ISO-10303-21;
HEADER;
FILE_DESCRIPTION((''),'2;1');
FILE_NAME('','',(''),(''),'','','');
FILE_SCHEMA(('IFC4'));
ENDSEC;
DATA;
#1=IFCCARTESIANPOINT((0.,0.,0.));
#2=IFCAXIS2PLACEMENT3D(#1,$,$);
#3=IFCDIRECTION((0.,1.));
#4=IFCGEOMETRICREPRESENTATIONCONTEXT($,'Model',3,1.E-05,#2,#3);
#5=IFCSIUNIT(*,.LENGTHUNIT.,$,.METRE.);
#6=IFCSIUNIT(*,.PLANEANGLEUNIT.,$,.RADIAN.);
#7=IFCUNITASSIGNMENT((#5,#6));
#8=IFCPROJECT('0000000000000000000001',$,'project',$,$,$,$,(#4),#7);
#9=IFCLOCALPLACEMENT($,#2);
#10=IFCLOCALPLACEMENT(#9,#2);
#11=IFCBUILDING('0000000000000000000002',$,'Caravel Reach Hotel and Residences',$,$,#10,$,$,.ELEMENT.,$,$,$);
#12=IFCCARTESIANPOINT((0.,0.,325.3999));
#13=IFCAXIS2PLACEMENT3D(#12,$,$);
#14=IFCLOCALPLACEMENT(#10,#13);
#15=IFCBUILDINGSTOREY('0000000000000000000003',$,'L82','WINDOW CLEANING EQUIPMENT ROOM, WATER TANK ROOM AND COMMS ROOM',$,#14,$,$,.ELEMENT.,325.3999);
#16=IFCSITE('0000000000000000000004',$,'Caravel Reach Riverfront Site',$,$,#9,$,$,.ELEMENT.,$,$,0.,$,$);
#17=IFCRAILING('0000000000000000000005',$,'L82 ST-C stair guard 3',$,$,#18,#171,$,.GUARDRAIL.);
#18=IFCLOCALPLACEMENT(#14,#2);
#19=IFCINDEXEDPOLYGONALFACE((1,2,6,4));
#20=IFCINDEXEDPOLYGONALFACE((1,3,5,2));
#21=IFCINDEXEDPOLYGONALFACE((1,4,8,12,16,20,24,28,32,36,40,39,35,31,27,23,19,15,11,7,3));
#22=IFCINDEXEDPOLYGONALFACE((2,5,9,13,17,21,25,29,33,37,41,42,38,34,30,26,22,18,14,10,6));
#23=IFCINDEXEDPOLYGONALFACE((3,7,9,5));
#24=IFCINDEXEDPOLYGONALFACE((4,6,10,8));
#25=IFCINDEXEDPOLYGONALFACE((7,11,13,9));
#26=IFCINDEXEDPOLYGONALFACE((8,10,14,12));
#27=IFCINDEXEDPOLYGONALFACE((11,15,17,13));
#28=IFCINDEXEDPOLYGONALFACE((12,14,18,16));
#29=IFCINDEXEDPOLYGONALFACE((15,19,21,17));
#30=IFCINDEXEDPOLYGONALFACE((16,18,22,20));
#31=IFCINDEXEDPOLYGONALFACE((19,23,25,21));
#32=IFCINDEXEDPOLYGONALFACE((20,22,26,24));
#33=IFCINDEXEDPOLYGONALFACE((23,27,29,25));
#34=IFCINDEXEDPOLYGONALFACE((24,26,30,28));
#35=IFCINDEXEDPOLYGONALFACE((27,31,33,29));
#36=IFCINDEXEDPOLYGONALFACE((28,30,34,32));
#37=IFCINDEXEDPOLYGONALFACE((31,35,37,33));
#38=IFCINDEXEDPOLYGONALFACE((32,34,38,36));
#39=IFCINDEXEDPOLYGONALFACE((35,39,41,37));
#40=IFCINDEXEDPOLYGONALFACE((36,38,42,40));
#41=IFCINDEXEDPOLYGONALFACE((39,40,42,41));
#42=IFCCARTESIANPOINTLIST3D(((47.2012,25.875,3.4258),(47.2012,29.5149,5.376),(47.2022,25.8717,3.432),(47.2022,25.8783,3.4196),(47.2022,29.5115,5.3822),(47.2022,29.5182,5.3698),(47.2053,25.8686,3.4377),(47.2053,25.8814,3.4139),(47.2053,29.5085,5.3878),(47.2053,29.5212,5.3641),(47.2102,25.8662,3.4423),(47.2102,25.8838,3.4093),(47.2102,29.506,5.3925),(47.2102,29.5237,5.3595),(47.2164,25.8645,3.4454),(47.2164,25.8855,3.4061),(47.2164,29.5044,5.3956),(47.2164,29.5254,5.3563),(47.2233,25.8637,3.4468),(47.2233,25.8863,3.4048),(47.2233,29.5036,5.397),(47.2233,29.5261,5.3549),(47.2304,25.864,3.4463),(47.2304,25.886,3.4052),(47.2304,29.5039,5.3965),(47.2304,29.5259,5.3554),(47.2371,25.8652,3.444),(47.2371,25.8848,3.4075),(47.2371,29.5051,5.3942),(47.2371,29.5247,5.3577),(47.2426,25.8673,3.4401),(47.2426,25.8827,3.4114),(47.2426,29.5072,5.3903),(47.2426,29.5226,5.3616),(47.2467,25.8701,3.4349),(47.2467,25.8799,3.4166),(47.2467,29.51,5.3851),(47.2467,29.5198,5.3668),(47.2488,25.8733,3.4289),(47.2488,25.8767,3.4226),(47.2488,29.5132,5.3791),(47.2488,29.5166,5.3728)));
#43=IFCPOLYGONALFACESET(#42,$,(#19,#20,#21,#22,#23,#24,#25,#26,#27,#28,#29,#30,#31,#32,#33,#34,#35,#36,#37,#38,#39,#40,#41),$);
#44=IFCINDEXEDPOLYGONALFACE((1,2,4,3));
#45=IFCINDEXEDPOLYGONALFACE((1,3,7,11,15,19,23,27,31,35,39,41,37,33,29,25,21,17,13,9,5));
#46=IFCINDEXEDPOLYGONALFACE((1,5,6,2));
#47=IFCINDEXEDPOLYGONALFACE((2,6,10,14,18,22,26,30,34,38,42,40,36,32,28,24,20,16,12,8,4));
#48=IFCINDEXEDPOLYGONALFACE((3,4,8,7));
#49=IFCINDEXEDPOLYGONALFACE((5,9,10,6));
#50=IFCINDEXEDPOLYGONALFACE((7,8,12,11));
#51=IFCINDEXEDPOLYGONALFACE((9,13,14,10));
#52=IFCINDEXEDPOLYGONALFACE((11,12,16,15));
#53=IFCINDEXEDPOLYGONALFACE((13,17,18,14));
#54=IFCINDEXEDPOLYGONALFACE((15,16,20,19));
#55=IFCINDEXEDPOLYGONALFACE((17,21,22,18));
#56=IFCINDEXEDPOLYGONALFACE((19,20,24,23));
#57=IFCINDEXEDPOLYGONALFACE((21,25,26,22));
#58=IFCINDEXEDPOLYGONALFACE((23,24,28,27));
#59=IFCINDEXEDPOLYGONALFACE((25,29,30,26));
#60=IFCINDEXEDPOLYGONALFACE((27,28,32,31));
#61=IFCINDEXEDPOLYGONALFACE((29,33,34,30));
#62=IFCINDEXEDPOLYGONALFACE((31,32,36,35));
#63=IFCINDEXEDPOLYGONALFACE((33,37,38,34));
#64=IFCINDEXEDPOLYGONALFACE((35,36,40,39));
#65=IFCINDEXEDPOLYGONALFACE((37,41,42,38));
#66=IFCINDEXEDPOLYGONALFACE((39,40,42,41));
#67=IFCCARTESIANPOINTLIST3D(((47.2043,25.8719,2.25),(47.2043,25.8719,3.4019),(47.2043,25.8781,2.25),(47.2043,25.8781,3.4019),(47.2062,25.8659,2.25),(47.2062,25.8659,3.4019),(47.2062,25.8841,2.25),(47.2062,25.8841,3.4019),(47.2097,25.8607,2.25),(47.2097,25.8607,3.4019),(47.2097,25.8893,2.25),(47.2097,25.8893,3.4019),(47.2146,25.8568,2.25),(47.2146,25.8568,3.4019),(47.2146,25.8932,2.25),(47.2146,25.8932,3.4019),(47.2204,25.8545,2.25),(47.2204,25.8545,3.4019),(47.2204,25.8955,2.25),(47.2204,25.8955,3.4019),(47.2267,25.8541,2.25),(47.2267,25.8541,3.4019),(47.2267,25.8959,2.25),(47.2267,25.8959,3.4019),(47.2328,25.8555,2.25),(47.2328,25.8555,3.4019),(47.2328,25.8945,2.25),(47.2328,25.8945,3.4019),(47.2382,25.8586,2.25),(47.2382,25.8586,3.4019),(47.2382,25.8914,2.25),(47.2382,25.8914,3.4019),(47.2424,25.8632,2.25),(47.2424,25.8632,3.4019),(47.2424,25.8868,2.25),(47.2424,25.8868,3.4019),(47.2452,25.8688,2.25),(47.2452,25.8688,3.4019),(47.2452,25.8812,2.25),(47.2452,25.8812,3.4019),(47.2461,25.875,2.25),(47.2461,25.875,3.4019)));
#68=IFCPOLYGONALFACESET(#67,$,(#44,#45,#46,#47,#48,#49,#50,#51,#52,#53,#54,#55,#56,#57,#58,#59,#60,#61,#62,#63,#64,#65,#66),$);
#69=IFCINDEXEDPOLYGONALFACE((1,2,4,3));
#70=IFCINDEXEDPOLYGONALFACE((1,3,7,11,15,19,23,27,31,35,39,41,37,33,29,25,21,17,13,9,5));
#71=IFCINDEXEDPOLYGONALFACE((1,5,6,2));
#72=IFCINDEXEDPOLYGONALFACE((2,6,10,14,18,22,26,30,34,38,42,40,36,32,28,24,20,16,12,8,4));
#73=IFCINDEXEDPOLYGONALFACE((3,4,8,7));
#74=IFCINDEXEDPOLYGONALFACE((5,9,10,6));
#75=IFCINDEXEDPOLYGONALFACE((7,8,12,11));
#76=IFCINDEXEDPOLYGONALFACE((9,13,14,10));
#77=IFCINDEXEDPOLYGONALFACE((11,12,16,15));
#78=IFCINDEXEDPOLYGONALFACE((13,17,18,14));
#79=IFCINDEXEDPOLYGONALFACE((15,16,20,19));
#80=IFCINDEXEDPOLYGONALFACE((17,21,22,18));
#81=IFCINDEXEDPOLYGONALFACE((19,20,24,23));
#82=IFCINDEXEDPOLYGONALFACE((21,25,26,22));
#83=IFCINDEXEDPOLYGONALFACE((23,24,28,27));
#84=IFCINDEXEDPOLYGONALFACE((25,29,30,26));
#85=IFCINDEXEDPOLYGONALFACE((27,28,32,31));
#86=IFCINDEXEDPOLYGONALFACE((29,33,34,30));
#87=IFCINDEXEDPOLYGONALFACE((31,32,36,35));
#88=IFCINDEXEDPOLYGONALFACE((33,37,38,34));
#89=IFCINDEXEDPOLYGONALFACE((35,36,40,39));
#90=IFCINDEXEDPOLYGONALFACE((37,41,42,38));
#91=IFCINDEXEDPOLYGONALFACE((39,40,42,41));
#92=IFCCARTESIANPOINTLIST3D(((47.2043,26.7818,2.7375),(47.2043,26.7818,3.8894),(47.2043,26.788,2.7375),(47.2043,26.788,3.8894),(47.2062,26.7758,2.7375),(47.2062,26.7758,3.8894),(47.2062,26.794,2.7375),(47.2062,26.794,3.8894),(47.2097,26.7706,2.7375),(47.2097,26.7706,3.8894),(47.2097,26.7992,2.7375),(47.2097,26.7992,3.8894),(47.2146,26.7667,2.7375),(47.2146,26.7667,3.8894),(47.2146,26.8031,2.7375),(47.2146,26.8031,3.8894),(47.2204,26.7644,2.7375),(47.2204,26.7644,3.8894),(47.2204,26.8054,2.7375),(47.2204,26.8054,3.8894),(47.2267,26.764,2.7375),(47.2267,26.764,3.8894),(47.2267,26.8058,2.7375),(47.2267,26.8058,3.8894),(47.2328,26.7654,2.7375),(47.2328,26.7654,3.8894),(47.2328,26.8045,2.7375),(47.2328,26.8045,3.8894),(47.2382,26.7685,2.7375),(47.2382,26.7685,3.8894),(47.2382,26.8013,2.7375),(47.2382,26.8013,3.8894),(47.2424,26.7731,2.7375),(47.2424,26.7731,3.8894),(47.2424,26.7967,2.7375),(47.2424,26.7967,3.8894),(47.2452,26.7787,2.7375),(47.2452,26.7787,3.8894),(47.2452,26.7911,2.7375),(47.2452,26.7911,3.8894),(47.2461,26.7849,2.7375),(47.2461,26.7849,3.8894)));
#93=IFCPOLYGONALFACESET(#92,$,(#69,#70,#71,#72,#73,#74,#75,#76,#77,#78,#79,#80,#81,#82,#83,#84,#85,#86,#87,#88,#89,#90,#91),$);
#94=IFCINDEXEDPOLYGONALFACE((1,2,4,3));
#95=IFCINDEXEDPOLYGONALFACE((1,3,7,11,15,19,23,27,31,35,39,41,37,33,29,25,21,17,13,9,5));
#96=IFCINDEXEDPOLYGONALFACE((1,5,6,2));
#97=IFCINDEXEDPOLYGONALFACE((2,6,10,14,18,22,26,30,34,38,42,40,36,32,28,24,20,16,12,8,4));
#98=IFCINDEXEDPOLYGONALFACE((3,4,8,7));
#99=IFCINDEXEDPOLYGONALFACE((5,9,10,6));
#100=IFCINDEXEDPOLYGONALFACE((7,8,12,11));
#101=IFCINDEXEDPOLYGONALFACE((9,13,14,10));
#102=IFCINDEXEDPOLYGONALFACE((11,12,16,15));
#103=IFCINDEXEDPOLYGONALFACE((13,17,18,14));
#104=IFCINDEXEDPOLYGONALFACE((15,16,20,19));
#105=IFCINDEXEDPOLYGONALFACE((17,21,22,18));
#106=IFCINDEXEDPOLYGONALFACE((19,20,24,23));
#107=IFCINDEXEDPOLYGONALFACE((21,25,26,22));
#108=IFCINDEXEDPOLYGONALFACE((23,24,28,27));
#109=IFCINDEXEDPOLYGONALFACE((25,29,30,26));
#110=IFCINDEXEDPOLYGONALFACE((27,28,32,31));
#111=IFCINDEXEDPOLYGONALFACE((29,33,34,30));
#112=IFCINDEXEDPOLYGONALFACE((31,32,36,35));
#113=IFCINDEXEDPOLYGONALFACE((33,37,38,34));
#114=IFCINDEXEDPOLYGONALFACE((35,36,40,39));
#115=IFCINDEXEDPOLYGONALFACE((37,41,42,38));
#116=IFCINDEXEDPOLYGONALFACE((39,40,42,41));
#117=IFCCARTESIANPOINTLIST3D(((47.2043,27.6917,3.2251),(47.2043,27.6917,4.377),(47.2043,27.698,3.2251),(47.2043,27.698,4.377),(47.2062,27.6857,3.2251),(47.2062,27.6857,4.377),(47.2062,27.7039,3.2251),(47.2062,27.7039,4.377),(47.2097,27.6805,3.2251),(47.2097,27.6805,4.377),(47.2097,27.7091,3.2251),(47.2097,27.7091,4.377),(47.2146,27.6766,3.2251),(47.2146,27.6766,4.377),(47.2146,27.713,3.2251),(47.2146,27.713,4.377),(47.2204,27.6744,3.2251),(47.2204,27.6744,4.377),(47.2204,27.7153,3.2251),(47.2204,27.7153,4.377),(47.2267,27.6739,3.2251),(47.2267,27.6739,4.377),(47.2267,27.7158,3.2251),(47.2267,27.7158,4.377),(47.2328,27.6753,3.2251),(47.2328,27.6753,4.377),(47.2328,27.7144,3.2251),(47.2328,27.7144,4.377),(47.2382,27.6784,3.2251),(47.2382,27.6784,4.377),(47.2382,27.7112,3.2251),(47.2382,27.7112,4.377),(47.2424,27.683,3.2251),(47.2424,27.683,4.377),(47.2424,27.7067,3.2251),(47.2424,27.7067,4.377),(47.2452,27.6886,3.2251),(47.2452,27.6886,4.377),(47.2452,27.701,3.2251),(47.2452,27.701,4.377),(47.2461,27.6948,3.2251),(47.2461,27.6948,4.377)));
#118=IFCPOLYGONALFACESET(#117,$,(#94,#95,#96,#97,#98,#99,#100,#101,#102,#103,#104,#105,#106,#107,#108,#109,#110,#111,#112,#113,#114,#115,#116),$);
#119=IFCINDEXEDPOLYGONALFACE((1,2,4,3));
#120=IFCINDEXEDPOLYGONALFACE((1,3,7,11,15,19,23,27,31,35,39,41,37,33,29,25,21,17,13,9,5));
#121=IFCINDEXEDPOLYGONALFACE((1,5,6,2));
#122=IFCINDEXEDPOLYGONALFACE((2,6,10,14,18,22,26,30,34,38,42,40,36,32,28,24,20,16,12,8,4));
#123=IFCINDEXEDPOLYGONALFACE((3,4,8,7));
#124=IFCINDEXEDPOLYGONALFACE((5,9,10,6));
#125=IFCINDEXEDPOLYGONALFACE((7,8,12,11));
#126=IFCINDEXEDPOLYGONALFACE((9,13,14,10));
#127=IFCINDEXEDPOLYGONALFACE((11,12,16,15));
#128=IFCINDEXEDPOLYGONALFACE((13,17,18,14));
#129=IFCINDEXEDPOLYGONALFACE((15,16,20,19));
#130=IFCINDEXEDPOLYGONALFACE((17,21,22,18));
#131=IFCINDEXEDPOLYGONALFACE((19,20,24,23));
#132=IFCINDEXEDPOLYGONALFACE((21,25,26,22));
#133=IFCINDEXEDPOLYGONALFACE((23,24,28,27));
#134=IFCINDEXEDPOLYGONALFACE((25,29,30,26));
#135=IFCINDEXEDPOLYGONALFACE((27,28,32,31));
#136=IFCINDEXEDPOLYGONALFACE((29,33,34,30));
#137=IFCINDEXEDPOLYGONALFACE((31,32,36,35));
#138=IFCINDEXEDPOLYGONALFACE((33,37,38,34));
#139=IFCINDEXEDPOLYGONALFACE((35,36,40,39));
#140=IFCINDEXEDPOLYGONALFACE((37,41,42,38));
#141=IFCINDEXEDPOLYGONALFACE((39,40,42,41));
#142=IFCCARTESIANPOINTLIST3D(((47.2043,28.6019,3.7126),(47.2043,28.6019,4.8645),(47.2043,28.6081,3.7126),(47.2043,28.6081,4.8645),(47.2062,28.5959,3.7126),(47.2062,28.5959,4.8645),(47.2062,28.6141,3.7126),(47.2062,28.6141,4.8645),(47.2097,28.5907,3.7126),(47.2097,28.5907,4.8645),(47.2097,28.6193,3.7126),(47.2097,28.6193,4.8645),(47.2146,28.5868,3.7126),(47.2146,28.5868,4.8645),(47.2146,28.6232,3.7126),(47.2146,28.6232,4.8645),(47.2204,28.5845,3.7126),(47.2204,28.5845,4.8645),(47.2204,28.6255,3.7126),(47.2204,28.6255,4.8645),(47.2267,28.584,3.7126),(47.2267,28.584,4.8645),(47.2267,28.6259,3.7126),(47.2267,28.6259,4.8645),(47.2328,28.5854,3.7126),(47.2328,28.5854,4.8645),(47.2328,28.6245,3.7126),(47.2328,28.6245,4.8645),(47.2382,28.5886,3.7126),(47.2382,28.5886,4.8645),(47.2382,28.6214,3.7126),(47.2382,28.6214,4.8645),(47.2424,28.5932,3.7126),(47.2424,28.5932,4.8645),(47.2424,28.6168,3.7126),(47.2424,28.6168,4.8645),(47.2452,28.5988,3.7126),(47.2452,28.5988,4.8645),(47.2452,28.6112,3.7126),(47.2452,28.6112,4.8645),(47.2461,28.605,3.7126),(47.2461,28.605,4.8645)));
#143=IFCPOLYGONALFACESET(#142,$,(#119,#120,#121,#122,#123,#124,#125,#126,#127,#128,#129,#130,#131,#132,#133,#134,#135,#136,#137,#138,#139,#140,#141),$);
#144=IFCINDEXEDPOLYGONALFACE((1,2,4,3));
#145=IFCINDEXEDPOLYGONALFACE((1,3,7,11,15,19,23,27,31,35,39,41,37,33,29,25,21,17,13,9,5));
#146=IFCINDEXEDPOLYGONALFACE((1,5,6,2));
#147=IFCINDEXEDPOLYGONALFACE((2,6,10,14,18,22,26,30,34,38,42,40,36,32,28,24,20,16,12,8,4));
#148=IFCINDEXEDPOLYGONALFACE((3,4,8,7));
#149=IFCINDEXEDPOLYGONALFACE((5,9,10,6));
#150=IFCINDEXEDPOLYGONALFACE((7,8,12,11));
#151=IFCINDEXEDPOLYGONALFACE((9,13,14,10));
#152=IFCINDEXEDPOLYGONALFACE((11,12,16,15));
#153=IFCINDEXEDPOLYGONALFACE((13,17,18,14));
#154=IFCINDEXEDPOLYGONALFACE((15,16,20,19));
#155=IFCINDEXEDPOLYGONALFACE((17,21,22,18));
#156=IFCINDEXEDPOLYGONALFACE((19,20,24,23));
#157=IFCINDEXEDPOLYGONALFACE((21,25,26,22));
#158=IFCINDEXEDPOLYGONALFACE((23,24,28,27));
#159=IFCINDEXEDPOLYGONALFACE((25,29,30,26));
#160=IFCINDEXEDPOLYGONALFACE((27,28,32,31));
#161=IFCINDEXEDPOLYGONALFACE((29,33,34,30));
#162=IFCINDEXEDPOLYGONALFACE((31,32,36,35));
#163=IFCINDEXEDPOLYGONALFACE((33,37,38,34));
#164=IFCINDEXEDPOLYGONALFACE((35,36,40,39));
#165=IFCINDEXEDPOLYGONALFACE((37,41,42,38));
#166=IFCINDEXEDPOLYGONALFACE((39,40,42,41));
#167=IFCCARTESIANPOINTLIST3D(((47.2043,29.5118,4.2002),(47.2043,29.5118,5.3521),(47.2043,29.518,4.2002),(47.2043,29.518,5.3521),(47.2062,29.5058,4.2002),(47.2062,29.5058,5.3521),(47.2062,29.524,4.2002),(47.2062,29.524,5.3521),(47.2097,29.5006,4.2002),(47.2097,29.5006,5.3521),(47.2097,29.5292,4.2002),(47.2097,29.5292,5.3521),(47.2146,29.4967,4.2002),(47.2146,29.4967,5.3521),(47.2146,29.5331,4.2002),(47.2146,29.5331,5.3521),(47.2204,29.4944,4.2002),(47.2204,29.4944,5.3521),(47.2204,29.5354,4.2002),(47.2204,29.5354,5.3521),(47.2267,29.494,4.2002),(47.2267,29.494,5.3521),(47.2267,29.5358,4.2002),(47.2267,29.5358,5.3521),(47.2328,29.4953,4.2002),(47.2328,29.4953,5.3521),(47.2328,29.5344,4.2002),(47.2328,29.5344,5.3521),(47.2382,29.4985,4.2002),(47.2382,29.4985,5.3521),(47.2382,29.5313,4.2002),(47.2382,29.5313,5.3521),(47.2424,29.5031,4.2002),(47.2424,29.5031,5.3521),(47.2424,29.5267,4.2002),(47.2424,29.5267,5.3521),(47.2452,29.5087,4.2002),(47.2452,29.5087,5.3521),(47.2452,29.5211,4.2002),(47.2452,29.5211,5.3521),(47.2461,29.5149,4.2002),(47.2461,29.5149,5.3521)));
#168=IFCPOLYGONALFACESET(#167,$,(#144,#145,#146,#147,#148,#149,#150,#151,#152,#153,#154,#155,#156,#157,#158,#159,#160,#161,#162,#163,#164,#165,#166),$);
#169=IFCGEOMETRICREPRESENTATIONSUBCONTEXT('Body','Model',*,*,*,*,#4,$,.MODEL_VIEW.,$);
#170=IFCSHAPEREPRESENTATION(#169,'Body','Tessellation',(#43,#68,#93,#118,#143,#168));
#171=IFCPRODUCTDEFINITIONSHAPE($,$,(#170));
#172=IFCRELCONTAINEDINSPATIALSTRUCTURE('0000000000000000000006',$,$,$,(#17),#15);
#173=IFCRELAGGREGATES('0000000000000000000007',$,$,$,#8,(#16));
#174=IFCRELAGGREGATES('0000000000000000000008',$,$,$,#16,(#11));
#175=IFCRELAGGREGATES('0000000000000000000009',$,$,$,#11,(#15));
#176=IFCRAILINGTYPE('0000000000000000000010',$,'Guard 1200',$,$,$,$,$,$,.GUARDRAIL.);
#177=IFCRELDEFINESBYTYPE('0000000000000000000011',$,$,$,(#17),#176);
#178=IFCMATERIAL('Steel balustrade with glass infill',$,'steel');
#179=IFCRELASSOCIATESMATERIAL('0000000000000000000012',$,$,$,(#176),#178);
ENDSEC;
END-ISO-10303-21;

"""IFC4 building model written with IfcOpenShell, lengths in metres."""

from ifc_helpers import new_model, si_unit, direction, frame, origin, origin_2d, place, context, subcontext, project, spatial, circle, extrude, material, type_object, element, save


model = new_model("IFC4")

# Units and contexts
model_context = context("Model", 3, precision=1e-05, world=origin(), true_north=direction((0.0, 1.0)))
body_context = subcontext(model_context, "Body", "Model", "MODEL_VIEW")
ifc_project = project(units=[si_unit("LENGTHUNIT", "METRE"), si_unit("PLANEANGLEUNIT", "RADIAN")], contexts=[model_context])

# Site, building, storey
site_placement = place(None, origin())
site = spatial("IfcSite", under=ifc_project, at=site_placement, Name="Caravel Reach Riverfront Site", CompositionType="ELEMENT", RefElevation=0.0)
building_placement = place(site_placement, origin())
building = spatial("IfcBuilding", under=site, at=building_placement, Name="Caravel Reach Hotel and Residences", CompositionType="ELEMENT")
storey_placement = place(building_placement, frame((0.0, 0.0, 325.3999)))
storey = spatial("IfcBuildingStorey", under=building, at=storey_placement, Name="L82", Description="WINDOW CLEANING EQUIPMENT ROOM, WATER TANK ROOM AND COMMS ROOM", CompositionType="ELEMENT", Elevation=325.3999)

# Railing
ifc_material_1 = material(Name="Steel balustrade with glass infill", Category="steel")
railing_type_1 = type_object("IfcRailingType", Name="Guard 1200", PredefinedType="GUARDRAIL", material=ifc_material_1)
railing_1_placement = place(storey_placement, frame((47.2251, 25.875, 2.25)))
element("IfcRailing", 1, at=railing_1_placement, inside=storey, type_object=railing_type_1, Name="L82 ST-C stair guard 3", PredefinedType="GUARDRAIL", context=body_context, shape_type="SweptSolid", body=[
    extrude(circle(Radius=0.0239, at=origin_2d()), frame((0.0, 0.0, 1.1758), z_axis=(0.0, 0.881454, 0.472269), x_axis=(-1.0, 0.0, 0.0)), (0.0, 0.0, 1.0), 4.1294),
    extrude(circle(Radius=0.021, at=origin_2d()), origin(), (0.0, 0.0, 1.0), 1.1519),
    extrude(circle(Radius=0.021, at=origin_2d()), frame((0.0, 0.9099, 0.4875)), (0.0, 0.0, 1.0), 1.1519),
    extrude(circle(Radius=0.021, at=origin_2d()), frame((0.0, 1.8198, 0.9751)), (0.0, 0.0, 1.0), 1.1519),
    extrude(circle(Radius=0.021, at=origin_2d()), frame((0.0, 2.73, 1.4626)), (0.0, 0.0, 1.0), 1.1519),
    extrude(circle(Radius=0.021, at=origin_2d()), frame((0.0, 3.6399, 1.9502)), (0.0, 0.0, 1.0), 1.1519),
])

save(model, "model.ifc")
